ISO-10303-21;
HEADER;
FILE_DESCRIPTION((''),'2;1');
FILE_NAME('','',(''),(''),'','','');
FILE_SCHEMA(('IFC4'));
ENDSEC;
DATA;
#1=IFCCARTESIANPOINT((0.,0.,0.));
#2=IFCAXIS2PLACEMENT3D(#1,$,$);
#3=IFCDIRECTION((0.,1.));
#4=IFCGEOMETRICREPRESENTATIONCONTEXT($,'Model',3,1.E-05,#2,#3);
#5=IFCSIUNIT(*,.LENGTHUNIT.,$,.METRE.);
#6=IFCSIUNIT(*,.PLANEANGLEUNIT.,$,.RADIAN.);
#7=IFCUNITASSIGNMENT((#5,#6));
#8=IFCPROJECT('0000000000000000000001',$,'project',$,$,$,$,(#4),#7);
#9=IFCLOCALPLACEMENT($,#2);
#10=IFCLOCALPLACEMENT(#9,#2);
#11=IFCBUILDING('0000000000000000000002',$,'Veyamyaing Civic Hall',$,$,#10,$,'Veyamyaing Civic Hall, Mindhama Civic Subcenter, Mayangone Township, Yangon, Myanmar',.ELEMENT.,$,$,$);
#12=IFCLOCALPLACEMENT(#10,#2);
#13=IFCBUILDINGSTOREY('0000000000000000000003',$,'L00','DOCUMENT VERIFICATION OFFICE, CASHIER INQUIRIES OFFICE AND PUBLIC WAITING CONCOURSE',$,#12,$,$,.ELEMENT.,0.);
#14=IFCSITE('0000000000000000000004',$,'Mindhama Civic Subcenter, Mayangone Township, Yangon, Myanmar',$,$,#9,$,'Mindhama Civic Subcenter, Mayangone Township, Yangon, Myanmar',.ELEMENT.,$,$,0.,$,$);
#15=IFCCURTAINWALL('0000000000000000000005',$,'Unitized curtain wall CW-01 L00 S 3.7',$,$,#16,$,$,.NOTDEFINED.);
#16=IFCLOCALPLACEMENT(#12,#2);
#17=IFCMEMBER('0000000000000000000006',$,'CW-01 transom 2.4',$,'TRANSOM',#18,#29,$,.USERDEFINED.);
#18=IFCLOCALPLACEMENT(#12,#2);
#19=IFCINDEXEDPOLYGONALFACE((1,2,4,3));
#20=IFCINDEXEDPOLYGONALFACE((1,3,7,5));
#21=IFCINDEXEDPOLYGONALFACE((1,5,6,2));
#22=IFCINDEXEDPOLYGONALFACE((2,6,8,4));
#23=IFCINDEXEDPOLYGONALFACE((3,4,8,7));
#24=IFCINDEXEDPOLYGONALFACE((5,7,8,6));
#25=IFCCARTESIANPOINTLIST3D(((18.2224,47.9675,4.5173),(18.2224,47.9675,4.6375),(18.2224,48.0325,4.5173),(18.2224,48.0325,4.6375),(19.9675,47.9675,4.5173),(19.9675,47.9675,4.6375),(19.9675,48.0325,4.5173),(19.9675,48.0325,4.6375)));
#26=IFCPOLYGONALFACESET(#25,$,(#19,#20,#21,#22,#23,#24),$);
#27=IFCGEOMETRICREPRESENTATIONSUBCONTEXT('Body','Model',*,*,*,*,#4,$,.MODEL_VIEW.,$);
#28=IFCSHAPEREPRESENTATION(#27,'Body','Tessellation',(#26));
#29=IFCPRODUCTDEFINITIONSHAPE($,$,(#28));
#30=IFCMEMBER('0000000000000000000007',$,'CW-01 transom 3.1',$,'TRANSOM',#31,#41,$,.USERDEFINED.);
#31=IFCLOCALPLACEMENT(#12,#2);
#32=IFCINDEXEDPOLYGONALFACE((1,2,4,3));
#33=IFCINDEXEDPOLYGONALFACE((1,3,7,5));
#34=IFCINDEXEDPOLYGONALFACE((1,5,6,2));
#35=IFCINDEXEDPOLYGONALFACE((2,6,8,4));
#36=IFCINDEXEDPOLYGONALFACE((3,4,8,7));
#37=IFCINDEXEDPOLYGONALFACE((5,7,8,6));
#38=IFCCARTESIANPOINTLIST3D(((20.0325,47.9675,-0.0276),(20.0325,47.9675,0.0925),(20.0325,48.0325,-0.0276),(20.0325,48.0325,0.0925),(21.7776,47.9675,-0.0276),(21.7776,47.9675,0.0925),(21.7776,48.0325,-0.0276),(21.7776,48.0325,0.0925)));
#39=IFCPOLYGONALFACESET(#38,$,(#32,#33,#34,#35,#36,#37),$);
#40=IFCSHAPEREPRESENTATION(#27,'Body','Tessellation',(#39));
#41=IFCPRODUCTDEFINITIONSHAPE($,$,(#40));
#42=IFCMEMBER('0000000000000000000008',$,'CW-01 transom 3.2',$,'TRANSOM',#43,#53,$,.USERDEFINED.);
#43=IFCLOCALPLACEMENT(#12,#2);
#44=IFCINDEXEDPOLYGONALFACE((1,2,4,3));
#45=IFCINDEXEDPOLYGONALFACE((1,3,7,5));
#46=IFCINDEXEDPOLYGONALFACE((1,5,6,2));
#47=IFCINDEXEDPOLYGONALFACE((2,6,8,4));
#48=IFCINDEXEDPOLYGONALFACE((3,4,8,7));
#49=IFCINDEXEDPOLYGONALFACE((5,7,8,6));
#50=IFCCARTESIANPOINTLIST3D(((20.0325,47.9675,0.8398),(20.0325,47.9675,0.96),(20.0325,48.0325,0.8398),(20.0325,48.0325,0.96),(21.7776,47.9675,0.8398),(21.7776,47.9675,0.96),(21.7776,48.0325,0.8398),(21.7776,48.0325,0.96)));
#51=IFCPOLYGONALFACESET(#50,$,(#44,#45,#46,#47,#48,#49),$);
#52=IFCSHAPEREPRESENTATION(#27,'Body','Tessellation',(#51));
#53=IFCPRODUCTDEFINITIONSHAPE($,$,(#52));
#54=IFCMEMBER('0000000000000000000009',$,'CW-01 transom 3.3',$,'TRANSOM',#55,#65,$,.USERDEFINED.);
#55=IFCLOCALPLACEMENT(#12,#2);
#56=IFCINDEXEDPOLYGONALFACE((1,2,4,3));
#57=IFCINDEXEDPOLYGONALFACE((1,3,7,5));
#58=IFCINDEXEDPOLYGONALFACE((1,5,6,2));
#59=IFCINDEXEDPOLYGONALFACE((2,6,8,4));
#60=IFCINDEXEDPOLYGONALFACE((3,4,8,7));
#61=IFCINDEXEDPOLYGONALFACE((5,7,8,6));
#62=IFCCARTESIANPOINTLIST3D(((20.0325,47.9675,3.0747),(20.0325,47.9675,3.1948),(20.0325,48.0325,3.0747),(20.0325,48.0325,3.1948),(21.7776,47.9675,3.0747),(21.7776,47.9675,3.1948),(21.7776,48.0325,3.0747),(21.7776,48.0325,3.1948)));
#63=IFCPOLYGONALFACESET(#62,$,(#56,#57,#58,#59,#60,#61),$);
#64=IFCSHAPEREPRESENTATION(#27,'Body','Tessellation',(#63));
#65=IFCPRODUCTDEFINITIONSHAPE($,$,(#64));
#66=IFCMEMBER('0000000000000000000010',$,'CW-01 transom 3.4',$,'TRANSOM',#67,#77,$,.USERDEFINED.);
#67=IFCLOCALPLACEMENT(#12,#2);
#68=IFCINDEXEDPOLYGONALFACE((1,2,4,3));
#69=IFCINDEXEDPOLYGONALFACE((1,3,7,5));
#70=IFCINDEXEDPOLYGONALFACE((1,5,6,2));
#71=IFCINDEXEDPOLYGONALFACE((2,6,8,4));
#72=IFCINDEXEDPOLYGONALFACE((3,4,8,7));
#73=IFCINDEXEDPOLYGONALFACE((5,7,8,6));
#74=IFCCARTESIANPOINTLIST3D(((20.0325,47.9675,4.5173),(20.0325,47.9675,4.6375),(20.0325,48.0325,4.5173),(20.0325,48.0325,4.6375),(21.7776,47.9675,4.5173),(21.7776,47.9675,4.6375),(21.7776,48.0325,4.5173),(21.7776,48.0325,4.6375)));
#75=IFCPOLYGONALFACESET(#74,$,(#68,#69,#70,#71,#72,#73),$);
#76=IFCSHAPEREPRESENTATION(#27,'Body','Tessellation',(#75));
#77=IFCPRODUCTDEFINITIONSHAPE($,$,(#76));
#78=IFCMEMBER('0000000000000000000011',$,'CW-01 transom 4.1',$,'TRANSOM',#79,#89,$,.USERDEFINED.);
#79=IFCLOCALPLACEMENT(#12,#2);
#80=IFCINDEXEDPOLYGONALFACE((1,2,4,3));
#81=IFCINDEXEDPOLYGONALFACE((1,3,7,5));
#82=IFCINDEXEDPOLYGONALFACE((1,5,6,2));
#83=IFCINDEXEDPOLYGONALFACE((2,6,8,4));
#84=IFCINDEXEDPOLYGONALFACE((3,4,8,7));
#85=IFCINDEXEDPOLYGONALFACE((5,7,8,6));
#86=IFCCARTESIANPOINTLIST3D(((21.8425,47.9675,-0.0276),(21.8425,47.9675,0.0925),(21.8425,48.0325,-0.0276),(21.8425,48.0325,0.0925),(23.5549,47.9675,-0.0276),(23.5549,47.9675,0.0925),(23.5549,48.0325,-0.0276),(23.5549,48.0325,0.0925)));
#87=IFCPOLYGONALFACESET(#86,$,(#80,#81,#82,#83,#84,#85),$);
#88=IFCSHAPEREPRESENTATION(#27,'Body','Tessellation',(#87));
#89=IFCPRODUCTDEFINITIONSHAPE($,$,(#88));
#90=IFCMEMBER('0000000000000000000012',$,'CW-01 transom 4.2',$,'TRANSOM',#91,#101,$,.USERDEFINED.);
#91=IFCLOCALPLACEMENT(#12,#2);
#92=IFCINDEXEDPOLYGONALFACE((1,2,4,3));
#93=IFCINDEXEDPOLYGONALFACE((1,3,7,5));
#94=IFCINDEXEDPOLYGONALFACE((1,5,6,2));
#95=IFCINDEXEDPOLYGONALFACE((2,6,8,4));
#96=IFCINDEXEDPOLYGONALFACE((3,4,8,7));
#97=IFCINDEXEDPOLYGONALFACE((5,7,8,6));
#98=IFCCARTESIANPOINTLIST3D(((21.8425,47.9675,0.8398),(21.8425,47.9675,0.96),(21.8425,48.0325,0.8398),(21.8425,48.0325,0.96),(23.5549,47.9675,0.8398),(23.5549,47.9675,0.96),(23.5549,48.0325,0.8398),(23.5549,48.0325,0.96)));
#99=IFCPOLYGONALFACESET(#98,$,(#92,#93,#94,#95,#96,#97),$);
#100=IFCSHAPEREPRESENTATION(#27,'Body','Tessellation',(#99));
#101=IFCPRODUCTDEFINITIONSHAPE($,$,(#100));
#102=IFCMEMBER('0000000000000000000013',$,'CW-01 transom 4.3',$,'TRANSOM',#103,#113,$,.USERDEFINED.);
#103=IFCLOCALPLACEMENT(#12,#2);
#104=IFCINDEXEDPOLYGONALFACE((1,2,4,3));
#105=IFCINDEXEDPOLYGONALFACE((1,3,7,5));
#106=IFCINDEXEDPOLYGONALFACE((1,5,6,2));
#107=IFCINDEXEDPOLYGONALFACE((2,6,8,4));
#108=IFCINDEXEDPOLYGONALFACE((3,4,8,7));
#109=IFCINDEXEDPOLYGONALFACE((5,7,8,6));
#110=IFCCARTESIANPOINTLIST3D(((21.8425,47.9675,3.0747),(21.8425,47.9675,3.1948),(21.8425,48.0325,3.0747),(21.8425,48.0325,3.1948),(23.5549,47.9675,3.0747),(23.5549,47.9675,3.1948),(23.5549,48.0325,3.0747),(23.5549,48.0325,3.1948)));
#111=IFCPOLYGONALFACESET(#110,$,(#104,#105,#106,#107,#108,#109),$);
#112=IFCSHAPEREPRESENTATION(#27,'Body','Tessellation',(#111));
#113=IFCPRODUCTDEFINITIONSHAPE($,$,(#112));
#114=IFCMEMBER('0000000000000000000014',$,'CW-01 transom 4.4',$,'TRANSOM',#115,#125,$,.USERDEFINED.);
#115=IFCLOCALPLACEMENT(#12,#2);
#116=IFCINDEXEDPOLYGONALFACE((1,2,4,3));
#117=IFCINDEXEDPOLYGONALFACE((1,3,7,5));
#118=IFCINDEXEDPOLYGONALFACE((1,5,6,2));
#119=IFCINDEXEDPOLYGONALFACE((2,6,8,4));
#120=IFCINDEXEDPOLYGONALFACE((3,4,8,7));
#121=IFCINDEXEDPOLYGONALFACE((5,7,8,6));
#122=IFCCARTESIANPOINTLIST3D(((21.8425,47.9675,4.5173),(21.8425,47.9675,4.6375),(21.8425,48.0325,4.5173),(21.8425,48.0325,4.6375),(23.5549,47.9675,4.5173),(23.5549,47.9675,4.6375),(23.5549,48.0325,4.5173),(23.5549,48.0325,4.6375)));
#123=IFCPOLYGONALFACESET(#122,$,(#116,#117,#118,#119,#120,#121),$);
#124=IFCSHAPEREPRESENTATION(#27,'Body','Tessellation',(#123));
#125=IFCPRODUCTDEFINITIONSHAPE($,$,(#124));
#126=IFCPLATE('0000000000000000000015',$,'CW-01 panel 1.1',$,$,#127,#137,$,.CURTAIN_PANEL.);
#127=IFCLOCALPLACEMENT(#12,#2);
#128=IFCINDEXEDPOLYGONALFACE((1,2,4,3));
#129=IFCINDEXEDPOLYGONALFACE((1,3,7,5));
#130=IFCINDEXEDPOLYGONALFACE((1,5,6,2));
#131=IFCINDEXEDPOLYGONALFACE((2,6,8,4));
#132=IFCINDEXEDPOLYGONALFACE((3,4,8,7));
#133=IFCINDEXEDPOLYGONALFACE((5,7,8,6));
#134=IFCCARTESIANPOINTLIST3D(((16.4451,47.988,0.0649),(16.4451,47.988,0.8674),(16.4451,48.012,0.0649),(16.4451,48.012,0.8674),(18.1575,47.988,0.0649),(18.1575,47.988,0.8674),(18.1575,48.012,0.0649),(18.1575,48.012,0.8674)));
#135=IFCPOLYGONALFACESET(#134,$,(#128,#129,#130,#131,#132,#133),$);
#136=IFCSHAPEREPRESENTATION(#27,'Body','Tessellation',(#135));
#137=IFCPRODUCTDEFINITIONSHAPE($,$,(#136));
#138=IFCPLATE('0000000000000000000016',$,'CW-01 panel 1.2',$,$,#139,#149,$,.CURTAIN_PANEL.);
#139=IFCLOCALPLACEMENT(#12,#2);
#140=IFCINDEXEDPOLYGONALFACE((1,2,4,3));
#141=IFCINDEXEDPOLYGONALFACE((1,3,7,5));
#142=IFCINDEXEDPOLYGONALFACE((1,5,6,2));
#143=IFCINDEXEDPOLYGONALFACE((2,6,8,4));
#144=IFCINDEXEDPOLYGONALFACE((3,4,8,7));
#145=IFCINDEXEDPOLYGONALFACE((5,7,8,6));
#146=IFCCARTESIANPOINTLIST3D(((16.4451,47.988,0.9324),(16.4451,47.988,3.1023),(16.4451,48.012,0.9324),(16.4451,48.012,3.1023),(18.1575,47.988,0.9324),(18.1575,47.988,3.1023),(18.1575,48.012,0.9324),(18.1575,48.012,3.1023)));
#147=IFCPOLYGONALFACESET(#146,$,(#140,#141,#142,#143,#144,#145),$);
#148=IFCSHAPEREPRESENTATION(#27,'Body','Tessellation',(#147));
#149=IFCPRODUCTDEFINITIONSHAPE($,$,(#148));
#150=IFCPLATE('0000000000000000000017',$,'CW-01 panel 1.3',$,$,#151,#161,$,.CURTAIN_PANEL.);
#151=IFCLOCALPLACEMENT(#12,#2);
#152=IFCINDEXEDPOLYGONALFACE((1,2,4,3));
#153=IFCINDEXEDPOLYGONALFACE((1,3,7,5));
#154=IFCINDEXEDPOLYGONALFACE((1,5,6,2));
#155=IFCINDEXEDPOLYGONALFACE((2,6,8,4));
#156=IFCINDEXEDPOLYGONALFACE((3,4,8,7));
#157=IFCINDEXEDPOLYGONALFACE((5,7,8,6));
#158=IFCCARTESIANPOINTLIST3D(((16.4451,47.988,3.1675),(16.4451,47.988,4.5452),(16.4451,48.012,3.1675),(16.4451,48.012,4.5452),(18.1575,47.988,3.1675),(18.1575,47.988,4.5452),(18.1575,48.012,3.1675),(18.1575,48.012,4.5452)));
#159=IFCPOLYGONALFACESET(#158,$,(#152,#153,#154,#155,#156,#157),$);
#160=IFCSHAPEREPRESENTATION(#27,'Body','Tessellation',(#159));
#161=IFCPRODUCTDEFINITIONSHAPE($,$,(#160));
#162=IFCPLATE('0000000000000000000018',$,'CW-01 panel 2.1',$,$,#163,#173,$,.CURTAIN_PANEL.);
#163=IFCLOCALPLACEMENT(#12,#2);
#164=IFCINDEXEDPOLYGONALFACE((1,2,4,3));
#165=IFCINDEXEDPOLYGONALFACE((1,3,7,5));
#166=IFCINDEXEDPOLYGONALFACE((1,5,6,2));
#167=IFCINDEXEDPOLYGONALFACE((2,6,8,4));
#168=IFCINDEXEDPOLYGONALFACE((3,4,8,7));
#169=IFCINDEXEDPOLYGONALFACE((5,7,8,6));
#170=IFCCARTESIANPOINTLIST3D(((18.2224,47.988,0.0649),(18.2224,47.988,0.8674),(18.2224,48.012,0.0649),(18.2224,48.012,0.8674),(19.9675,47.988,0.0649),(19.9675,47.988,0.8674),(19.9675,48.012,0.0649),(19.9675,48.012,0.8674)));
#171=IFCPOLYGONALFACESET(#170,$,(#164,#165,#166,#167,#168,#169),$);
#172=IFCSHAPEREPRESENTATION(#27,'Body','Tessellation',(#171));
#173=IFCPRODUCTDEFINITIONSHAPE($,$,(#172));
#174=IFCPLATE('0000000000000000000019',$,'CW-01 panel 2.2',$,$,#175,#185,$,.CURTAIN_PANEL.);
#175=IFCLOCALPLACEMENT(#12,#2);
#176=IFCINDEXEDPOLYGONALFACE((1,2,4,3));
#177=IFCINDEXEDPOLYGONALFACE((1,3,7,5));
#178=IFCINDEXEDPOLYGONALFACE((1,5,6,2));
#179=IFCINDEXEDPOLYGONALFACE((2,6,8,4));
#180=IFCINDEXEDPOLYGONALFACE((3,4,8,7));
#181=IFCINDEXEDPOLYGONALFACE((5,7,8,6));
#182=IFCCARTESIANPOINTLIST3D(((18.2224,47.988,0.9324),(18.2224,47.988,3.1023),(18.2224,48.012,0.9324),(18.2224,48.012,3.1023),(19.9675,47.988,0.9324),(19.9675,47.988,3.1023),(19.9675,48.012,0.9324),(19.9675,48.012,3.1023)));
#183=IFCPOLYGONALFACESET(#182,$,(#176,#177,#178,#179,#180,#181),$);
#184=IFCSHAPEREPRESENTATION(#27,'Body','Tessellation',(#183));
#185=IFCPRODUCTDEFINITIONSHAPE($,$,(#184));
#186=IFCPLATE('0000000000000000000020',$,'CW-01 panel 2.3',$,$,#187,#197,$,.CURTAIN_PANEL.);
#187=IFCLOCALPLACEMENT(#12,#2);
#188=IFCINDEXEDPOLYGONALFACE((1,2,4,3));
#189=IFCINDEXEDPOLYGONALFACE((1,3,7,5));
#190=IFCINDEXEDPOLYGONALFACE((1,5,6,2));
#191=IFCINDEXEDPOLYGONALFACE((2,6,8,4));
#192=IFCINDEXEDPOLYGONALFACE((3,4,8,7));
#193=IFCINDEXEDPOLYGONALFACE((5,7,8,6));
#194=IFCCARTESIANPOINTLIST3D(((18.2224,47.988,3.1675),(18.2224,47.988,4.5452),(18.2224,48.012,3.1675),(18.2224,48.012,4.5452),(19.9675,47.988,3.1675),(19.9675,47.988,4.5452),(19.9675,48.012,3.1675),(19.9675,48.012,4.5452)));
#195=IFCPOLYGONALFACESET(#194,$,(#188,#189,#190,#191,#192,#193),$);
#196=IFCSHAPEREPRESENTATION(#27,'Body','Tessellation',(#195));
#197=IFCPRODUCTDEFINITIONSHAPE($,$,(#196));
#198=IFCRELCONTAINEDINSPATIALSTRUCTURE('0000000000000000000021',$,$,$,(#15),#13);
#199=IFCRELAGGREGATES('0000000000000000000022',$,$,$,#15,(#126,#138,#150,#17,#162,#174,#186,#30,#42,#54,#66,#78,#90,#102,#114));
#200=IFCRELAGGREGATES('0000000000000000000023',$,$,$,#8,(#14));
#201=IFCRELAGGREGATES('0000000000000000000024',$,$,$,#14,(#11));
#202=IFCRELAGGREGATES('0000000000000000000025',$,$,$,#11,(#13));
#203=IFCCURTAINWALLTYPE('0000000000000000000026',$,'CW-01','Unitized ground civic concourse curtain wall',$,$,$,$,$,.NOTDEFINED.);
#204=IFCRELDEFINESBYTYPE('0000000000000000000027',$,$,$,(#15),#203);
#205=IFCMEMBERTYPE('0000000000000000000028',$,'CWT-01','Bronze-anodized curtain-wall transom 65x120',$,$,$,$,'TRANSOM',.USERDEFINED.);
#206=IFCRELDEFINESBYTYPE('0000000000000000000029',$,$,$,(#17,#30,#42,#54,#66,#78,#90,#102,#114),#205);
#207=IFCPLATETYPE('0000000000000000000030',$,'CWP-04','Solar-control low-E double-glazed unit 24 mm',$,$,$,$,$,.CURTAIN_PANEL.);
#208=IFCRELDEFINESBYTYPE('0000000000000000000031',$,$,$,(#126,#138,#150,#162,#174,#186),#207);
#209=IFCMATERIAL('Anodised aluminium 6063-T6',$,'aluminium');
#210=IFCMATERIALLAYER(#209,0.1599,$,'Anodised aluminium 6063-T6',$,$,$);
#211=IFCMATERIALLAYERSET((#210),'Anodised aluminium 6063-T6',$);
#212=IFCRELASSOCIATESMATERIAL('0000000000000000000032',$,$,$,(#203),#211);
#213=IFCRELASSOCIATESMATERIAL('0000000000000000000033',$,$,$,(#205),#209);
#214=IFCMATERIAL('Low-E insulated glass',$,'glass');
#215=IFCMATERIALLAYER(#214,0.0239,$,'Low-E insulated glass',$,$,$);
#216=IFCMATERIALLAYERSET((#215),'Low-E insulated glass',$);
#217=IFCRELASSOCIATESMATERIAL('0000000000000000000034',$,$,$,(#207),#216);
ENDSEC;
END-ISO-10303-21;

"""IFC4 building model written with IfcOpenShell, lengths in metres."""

from ifc_helpers import new_model, si_unit, direction, frame, origin, origin_2d, place, context, subcontext, project, spatial, rectangle, extrude, material, layer, layer_set, material_profile, profile_set, type_object, element, aggregate, save


model = new_model("IFC4")

# Units and contexts
model_context = context("Model", 3, precision=1e-05, world=origin(), true_north=direction((0.0, 1.0)))
body_context = subcontext(model_context, "Body", "Model", "MODEL_VIEW")
ifc_project = project(units=[si_unit("LENGTHUNIT", "METRE"), si_unit("PLANEANGLEUNIT", "RADIAN")], contexts=[model_context])

# Site, building, storey
site_placement = place(None, origin())
site = spatial("IfcSite", under=ifc_project, at=site_placement, Name="Mindhama Civic Subcenter, Mayangone Township, Yangon, Myanmar", LongName="Mindhama Civic Subcenter, Mayangone Township, Yangon, Myanmar", CompositionType="ELEMENT", RefElevation=0.0)
building_placement = place(site_placement, origin())
building = spatial("IfcBuilding", under=site, at=building_placement, Name="Veyamyaing Civic Hall", LongName="Veyamyaing Civic Hall, Mindhama Civic Subcenter, Mayangone Township, Yangon, Myanmar", CompositionType="ELEMENT")
storey_placement = place(building_placement, origin())
storey = spatial("IfcBuildingStorey", under=building, at=storey_placement, Name="L00", Description="DOCUMENT VERIFICATION OFFICE, CASHIER INQUIRIES OFFICE AND PUBLIC WAITING CONCOURSE", CompositionType="ELEMENT", Elevation=0.0)

# Curtain wall, members, plates
ifc_material_1 = material(Name="Anodised aluminium 6063-T6", Category="aluminium")
ifc_layer_1 = layer(ifc_material_1, 0.1599, Name="Anodised aluminium 6063-T6")
ifc_layer_set_1 = layer_set([ifc_layer_1], Name="Anodised aluminium 6063-T6")
curtain_wall_type = type_object("IfcCurtainWallType", Name="CW-01", Description="Unitized ground civic concourse curtain wall", PredefinedType="NOTDEFINED", material=ifc_layer_set_1)
curtain_wall_placement = place(storey_placement, origin())
curtain_wall = element("IfcCurtainWall", 1, at=curtain_wall_placement, inside=storey, type_object=curtain_wall_type, Name="Unitized curtain wall CW-01 L00 S 3.7", PredefinedType="NOTDEFINED")
ifc_material_profile_1 = material_profile(ifc_material_1, rectangle(XDim=0.0649, YDim=0.1201, at=origin_2d()), Name="ALU-TRN-65X120")
ifc_profile_set_1 = profile_set([ifc_material_profile_1], Name="Anodised aluminium 6063-T6")
member_type_1 = type_object("IfcMemberType", Name="CWT-01", Description="Bronze-anodized curtain-wall transom 65x120", ElementType="TRANSOM", PredefinedType="USERDEFINED", material=ifc_profile_set_1)
member_1_placement = place(storey_placement, frame((18.2224, 48.0, 4.5774), z_axis=(1.0, 0.0, 0.0), x_axis=(0.0, 1.0, 0.0)))
member_1 = element("IfcMember", 2, at=member_1_placement, type_object=member_type_1, Name="CW-01 transom 2.4", ObjectType="TRANSOM", PredefinedType="USERDEFINED", context=body_context, shape_type="SweptSolid", body=[
    extrude(rectangle(XDim=0.0649, YDim=0.1201, at=origin_2d()), origin(), (0.0, 0.0, 1.0), 1.7451),
])
member_2_placement = place(storey_placement, frame((20.0325, 48.0, 0.0325), z_axis=(1.0, 0.0, 0.0), x_axis=(0.0, 1.0, 0.0)))
member_2 = element("IfcMember", 3, at=member_2_placement, type_object=member_type_1, Name="CW-01 transom 3.1", ObjectType="TRANSOM", PredefinedType="USERDEFINED", context=body_context, shape_type="SweptSolid", body=[
    extrude(rectangle(XDim=0.0649, YDim=0.1201, at=origin_2d()), origin(), (0.0, 0.0, 1.0), 1.7451),
])
member_3_placement = place(storey_placement, frame((20.0325, 48.0, 0.8999), z_axis=(1.0, 0.0, 0.0), x_axis=(0.0, 1.0, 0.0)))
member_3 = element("IfcMember", 4, at=member_3_placement, type_object=member_type_1, Name="CW-01 transom 3.2", ObjectType="TRANSOM", PredefinedType="USERDEFINED", context=body_context, shape_type="SweptSolid", body=[
    extrude(rectangle(XDim=0.0649, YDim=0.1201, at=origin_2d()), origin(), (0.0, 0.0, 1.0), 1.7451),
])
member_4_placement = place(storey_placement, frame((20.0325, 48.0, 3.1348), z_axis=(1.0, 0.0, 0.0), x_axis=(0.0, 1.0, 0.0)))
member_4 = element("IfcMember", 5, at=member_4_placement, type_object=member_type_1, Name="CW-01 transom 3.3", ObjectType="TRANSOM", PredefinedType="USERDEFINED", context=body_context, shape_type="SweptSolid", body=[
    extrude(rectangle(XDim=0.0649, YDim=0.1201, at=origin_2d()), origin(), (0.0, 0.0, 1.0), 1.7451),
])
member_5_placement = place(storey_placement, frame((20.0325, 48.0, 4.5774), z_axis=(1.0, 0.0, 0.0), x_axis=(0.0, 1.0, 0.0)))
member_5 = element("IfcMember", 6, at=member_5_placement, type_object=member_type_1, Name="CW-01 transom 3.4", ObjectType="TRANSOM", PredefinedType="USERDEFINED", context=body_context, shape_type="SweptSolid", body=[
    extrude(rectangle(XDim=0.0649, YDim=0.1201, at=origin_2d()), origin(), (0.0, 0.0, 1.0), 1.7451),
])
member_6_placement = place(storey_placement, frame((21.8425, 48.0, 0.0325), z_axis=(1.0, 0.0, 0.0), x_axis=(0.0, 1.0, 0.0)))
member_6 = element("IfcMember", 7, at=member_6_placement, type_object=member_type_1, Name="CW-01 transom 4.1", ObjectType="TRANSOM", PredefinedType="USERDEFINED", context=body_context, shape_type="SweptSolid", body=[
    extrude(rectangle(XDim=0.0649, YDim=0.1201, at=origin_2d()), origin(), (0.0, 0.0, 1.0), 1.7124),
])
member_7_placement = place(storey_placement, frame((21.8425, 48.0, 0.8999), z_axis=(1.0, 0.0, 0.0), x_axis=(0.0, 1.0, 0.0)))
member_7 = element("IfcMember", 8, at=member_7_placement, type_object=member_type_1, Name="CW-01 transom 4.2", ObjectType="TRANSOM", PredefinedType="USERDEFINED", context=body_context, shape_type="SweptSolid", body=[
    extrude(rectangle(XDim=0.0649, YDim=0.1201, at=origin_2d()), origin(), (0.0, 0.0, 1.0), 1.7124),
])
member_8_placement = place(storey_placement, frame((21.8425, 48.0, 3.1348), z_axis=(1.0, 0.0, 0.0), x_axis=(0.0, 1.0, 0.0)))
member_8 = element("IfcMember", 9, at=member_8_placement, type_object=member_type_1, Name="CW-01 transom 4.3", ObjectType="TRANSOM", PredefinedType="USERDEFINED", context=body_context, shape_type="SweptSolid", body=[
    extrude(rectangle(XDim=0.0649, YDim=0.1201, at=origin_2d()), origin(), (0.0, 0.0, 1.0), 1.7124),
])
member_9_placement = place(storey_placement, frame((21.8425, 48.0, 4.5774), z_axis=(1.0, 0.0, 0.0), x_axis=(0.0, 1.0, 0.0)))
member_9 = element("IfcMember", 10, at=member_9_placement, type_object=member_type_1, Name="CW-01 transom 4.4", ObjectType="TRANSOM", PredefinedType="USERDEFINED", context=body_context, shape_type="SweptSolid", body=[
    extrude(rectangle(XDim=0.0649, YDim=0.1201, at=origin_2d()), origin(), (0.0, 0.0, 1.0), 1.7124),
])
ifc_material_2 = material(Name="Low-E insulated glass", Category="glass")
ifc_layer_2 = layer(ifc_material_2, 0.0239, Name="Low-E insulated glass")
ifc_layer_set_2 = layer_set([ifc_layer_2], Name="Low-E insulated glass")
plate_type = type_object("IfcPlateType", Name="CWP-04", Description="Solar-control low-E double-glazed unit 24 mm", PredefinedType="CURTAIN_PANEL", material=ifc_layer_set_2)
plate_1_placement = place(storey_placement, frame((17.3013, 48.0, 0.0649), z_axis=(0.0, 0.0, 1.0), x_axis=(1.0, 0.0, 0.0)))
plate_1 = element("IfcPlate", 11, at=plate_1_placement, type_object=plate_type, Name="CW-01 panel 1.1", PredefinedType="CURTAIN_PANEL", context=body_context, shape_type="SweptSolid", body=[
    extrude(rectangle(XDim=1.7124, YDim=0.0239, at=origin_2d()), origin(), (0.0, 0.0, 1.0), 0.8025),
])
plate_2_placement = place(storey_placement, frame((17.3013, 48.0, 0.9324), z_axis=(0.0, 0.0, 1.0), x_axis=(1.0, 0.0, 0.0)))
plate_2 = element("IfcPlate", 12, at=plate_2_placement, type_object=plate_type, Name="CW-01 panel 1.2", PredefinedType="CURTAIN_PANEL", context=body_context, shape_type="SweptSolid", body=[
    extrude(rectangle(XDim=1.7124, YDim=0.0239, at=origin_2d()), origin(), (0.0, 0.0, 1.0), 2.1699),
])
plate_3_placement = place(storey_placement, frame((17.3013, 48.0, 3.1675), z_axis=(0.0, 0.0, 1.0), x_axis=(1.0, 0.0, 0.0)))
plate_3 = element("IfcPlate", 13, at=plate_3_placement, type_object=plate_type, Name="CW-01 panel 1.3", PredefinedType="CURTAIN_PANEL", context=body_context, shape_type="SweptSolid", body=[
    extrude(rectangle(XDim=1.7124, YDim=0.0239, at=origin_2d()), origin(), (0.0, 0.0, 1.0), 1.3777),
])
plate_4_placement = place(storey_placement, frame((19.095, 48.0, 0.0649), z_axis=(0.0, 0.0, 1.0), x_axis=(1.0, 0.0, 0.0)))
plate_4 = element("IfcPlate", 14, at=plate_4_placement, type_object=plate_type, Name="CW-01 panel 2.1", PredefinedType="CURTAIN_PANEL", context=body_context, shape_type="SweptSolid", body=[
    extrude(rectangle(XDim=1.7451, YDim=0.0239, at=origin_2d()), origin(), (0.0, 0.0, 1.0), 0.8025),
])
plate_5_placement = place(storey_placement, frame((19.095, 48.0, 0.9324), z_axis=(0.0, 0.0, 1.0), x_axis=(1.0, 0.0, 0.0)))
plate_5 = element("IfcPlate", 15, at=plate_5_placement, type_object=plate_type, Name="CW-01 panel 2.2", PredefinedType="CURTAIN_PANEL", context=body_context, shape_type="SweptSolid", body=[
    extrude(rectangle(XDim=1.7451, YDim=0.0239, at=origin_2d()), origin(), (0.0, 0.0, 1.0), 2.1699),
])
plate_6_placement = place(storey_placement, frame((19.095, 48.0, 3.1675), z_axis=(0.0, 0.0, 1.0), x_axis=(1.0, 0.0, 0.0)))
plate_6 = element("IfcPlate", 16, at=plate_6_placement, type_object=plate_type, Name="CW-01 panel 2.3", PredefinedType="CURTAIN_PANEL", context=body_context, shape_type="SweptSolid", body=[
    extrude(rectangle(XDim=1.7451, YDim=0.0239, at=origin_2d()), origin(), (0.0, 0.0, 1.0), 1.3777),
])
aggregate(curtain_wall, [plate_1, plate_2, plate_3, member_1, plate_4, plate_5, plate_6, member_2, member_3, member_4, member_5, member_6, member_7, member_8, member_9])

save(model, "model.ifc")
